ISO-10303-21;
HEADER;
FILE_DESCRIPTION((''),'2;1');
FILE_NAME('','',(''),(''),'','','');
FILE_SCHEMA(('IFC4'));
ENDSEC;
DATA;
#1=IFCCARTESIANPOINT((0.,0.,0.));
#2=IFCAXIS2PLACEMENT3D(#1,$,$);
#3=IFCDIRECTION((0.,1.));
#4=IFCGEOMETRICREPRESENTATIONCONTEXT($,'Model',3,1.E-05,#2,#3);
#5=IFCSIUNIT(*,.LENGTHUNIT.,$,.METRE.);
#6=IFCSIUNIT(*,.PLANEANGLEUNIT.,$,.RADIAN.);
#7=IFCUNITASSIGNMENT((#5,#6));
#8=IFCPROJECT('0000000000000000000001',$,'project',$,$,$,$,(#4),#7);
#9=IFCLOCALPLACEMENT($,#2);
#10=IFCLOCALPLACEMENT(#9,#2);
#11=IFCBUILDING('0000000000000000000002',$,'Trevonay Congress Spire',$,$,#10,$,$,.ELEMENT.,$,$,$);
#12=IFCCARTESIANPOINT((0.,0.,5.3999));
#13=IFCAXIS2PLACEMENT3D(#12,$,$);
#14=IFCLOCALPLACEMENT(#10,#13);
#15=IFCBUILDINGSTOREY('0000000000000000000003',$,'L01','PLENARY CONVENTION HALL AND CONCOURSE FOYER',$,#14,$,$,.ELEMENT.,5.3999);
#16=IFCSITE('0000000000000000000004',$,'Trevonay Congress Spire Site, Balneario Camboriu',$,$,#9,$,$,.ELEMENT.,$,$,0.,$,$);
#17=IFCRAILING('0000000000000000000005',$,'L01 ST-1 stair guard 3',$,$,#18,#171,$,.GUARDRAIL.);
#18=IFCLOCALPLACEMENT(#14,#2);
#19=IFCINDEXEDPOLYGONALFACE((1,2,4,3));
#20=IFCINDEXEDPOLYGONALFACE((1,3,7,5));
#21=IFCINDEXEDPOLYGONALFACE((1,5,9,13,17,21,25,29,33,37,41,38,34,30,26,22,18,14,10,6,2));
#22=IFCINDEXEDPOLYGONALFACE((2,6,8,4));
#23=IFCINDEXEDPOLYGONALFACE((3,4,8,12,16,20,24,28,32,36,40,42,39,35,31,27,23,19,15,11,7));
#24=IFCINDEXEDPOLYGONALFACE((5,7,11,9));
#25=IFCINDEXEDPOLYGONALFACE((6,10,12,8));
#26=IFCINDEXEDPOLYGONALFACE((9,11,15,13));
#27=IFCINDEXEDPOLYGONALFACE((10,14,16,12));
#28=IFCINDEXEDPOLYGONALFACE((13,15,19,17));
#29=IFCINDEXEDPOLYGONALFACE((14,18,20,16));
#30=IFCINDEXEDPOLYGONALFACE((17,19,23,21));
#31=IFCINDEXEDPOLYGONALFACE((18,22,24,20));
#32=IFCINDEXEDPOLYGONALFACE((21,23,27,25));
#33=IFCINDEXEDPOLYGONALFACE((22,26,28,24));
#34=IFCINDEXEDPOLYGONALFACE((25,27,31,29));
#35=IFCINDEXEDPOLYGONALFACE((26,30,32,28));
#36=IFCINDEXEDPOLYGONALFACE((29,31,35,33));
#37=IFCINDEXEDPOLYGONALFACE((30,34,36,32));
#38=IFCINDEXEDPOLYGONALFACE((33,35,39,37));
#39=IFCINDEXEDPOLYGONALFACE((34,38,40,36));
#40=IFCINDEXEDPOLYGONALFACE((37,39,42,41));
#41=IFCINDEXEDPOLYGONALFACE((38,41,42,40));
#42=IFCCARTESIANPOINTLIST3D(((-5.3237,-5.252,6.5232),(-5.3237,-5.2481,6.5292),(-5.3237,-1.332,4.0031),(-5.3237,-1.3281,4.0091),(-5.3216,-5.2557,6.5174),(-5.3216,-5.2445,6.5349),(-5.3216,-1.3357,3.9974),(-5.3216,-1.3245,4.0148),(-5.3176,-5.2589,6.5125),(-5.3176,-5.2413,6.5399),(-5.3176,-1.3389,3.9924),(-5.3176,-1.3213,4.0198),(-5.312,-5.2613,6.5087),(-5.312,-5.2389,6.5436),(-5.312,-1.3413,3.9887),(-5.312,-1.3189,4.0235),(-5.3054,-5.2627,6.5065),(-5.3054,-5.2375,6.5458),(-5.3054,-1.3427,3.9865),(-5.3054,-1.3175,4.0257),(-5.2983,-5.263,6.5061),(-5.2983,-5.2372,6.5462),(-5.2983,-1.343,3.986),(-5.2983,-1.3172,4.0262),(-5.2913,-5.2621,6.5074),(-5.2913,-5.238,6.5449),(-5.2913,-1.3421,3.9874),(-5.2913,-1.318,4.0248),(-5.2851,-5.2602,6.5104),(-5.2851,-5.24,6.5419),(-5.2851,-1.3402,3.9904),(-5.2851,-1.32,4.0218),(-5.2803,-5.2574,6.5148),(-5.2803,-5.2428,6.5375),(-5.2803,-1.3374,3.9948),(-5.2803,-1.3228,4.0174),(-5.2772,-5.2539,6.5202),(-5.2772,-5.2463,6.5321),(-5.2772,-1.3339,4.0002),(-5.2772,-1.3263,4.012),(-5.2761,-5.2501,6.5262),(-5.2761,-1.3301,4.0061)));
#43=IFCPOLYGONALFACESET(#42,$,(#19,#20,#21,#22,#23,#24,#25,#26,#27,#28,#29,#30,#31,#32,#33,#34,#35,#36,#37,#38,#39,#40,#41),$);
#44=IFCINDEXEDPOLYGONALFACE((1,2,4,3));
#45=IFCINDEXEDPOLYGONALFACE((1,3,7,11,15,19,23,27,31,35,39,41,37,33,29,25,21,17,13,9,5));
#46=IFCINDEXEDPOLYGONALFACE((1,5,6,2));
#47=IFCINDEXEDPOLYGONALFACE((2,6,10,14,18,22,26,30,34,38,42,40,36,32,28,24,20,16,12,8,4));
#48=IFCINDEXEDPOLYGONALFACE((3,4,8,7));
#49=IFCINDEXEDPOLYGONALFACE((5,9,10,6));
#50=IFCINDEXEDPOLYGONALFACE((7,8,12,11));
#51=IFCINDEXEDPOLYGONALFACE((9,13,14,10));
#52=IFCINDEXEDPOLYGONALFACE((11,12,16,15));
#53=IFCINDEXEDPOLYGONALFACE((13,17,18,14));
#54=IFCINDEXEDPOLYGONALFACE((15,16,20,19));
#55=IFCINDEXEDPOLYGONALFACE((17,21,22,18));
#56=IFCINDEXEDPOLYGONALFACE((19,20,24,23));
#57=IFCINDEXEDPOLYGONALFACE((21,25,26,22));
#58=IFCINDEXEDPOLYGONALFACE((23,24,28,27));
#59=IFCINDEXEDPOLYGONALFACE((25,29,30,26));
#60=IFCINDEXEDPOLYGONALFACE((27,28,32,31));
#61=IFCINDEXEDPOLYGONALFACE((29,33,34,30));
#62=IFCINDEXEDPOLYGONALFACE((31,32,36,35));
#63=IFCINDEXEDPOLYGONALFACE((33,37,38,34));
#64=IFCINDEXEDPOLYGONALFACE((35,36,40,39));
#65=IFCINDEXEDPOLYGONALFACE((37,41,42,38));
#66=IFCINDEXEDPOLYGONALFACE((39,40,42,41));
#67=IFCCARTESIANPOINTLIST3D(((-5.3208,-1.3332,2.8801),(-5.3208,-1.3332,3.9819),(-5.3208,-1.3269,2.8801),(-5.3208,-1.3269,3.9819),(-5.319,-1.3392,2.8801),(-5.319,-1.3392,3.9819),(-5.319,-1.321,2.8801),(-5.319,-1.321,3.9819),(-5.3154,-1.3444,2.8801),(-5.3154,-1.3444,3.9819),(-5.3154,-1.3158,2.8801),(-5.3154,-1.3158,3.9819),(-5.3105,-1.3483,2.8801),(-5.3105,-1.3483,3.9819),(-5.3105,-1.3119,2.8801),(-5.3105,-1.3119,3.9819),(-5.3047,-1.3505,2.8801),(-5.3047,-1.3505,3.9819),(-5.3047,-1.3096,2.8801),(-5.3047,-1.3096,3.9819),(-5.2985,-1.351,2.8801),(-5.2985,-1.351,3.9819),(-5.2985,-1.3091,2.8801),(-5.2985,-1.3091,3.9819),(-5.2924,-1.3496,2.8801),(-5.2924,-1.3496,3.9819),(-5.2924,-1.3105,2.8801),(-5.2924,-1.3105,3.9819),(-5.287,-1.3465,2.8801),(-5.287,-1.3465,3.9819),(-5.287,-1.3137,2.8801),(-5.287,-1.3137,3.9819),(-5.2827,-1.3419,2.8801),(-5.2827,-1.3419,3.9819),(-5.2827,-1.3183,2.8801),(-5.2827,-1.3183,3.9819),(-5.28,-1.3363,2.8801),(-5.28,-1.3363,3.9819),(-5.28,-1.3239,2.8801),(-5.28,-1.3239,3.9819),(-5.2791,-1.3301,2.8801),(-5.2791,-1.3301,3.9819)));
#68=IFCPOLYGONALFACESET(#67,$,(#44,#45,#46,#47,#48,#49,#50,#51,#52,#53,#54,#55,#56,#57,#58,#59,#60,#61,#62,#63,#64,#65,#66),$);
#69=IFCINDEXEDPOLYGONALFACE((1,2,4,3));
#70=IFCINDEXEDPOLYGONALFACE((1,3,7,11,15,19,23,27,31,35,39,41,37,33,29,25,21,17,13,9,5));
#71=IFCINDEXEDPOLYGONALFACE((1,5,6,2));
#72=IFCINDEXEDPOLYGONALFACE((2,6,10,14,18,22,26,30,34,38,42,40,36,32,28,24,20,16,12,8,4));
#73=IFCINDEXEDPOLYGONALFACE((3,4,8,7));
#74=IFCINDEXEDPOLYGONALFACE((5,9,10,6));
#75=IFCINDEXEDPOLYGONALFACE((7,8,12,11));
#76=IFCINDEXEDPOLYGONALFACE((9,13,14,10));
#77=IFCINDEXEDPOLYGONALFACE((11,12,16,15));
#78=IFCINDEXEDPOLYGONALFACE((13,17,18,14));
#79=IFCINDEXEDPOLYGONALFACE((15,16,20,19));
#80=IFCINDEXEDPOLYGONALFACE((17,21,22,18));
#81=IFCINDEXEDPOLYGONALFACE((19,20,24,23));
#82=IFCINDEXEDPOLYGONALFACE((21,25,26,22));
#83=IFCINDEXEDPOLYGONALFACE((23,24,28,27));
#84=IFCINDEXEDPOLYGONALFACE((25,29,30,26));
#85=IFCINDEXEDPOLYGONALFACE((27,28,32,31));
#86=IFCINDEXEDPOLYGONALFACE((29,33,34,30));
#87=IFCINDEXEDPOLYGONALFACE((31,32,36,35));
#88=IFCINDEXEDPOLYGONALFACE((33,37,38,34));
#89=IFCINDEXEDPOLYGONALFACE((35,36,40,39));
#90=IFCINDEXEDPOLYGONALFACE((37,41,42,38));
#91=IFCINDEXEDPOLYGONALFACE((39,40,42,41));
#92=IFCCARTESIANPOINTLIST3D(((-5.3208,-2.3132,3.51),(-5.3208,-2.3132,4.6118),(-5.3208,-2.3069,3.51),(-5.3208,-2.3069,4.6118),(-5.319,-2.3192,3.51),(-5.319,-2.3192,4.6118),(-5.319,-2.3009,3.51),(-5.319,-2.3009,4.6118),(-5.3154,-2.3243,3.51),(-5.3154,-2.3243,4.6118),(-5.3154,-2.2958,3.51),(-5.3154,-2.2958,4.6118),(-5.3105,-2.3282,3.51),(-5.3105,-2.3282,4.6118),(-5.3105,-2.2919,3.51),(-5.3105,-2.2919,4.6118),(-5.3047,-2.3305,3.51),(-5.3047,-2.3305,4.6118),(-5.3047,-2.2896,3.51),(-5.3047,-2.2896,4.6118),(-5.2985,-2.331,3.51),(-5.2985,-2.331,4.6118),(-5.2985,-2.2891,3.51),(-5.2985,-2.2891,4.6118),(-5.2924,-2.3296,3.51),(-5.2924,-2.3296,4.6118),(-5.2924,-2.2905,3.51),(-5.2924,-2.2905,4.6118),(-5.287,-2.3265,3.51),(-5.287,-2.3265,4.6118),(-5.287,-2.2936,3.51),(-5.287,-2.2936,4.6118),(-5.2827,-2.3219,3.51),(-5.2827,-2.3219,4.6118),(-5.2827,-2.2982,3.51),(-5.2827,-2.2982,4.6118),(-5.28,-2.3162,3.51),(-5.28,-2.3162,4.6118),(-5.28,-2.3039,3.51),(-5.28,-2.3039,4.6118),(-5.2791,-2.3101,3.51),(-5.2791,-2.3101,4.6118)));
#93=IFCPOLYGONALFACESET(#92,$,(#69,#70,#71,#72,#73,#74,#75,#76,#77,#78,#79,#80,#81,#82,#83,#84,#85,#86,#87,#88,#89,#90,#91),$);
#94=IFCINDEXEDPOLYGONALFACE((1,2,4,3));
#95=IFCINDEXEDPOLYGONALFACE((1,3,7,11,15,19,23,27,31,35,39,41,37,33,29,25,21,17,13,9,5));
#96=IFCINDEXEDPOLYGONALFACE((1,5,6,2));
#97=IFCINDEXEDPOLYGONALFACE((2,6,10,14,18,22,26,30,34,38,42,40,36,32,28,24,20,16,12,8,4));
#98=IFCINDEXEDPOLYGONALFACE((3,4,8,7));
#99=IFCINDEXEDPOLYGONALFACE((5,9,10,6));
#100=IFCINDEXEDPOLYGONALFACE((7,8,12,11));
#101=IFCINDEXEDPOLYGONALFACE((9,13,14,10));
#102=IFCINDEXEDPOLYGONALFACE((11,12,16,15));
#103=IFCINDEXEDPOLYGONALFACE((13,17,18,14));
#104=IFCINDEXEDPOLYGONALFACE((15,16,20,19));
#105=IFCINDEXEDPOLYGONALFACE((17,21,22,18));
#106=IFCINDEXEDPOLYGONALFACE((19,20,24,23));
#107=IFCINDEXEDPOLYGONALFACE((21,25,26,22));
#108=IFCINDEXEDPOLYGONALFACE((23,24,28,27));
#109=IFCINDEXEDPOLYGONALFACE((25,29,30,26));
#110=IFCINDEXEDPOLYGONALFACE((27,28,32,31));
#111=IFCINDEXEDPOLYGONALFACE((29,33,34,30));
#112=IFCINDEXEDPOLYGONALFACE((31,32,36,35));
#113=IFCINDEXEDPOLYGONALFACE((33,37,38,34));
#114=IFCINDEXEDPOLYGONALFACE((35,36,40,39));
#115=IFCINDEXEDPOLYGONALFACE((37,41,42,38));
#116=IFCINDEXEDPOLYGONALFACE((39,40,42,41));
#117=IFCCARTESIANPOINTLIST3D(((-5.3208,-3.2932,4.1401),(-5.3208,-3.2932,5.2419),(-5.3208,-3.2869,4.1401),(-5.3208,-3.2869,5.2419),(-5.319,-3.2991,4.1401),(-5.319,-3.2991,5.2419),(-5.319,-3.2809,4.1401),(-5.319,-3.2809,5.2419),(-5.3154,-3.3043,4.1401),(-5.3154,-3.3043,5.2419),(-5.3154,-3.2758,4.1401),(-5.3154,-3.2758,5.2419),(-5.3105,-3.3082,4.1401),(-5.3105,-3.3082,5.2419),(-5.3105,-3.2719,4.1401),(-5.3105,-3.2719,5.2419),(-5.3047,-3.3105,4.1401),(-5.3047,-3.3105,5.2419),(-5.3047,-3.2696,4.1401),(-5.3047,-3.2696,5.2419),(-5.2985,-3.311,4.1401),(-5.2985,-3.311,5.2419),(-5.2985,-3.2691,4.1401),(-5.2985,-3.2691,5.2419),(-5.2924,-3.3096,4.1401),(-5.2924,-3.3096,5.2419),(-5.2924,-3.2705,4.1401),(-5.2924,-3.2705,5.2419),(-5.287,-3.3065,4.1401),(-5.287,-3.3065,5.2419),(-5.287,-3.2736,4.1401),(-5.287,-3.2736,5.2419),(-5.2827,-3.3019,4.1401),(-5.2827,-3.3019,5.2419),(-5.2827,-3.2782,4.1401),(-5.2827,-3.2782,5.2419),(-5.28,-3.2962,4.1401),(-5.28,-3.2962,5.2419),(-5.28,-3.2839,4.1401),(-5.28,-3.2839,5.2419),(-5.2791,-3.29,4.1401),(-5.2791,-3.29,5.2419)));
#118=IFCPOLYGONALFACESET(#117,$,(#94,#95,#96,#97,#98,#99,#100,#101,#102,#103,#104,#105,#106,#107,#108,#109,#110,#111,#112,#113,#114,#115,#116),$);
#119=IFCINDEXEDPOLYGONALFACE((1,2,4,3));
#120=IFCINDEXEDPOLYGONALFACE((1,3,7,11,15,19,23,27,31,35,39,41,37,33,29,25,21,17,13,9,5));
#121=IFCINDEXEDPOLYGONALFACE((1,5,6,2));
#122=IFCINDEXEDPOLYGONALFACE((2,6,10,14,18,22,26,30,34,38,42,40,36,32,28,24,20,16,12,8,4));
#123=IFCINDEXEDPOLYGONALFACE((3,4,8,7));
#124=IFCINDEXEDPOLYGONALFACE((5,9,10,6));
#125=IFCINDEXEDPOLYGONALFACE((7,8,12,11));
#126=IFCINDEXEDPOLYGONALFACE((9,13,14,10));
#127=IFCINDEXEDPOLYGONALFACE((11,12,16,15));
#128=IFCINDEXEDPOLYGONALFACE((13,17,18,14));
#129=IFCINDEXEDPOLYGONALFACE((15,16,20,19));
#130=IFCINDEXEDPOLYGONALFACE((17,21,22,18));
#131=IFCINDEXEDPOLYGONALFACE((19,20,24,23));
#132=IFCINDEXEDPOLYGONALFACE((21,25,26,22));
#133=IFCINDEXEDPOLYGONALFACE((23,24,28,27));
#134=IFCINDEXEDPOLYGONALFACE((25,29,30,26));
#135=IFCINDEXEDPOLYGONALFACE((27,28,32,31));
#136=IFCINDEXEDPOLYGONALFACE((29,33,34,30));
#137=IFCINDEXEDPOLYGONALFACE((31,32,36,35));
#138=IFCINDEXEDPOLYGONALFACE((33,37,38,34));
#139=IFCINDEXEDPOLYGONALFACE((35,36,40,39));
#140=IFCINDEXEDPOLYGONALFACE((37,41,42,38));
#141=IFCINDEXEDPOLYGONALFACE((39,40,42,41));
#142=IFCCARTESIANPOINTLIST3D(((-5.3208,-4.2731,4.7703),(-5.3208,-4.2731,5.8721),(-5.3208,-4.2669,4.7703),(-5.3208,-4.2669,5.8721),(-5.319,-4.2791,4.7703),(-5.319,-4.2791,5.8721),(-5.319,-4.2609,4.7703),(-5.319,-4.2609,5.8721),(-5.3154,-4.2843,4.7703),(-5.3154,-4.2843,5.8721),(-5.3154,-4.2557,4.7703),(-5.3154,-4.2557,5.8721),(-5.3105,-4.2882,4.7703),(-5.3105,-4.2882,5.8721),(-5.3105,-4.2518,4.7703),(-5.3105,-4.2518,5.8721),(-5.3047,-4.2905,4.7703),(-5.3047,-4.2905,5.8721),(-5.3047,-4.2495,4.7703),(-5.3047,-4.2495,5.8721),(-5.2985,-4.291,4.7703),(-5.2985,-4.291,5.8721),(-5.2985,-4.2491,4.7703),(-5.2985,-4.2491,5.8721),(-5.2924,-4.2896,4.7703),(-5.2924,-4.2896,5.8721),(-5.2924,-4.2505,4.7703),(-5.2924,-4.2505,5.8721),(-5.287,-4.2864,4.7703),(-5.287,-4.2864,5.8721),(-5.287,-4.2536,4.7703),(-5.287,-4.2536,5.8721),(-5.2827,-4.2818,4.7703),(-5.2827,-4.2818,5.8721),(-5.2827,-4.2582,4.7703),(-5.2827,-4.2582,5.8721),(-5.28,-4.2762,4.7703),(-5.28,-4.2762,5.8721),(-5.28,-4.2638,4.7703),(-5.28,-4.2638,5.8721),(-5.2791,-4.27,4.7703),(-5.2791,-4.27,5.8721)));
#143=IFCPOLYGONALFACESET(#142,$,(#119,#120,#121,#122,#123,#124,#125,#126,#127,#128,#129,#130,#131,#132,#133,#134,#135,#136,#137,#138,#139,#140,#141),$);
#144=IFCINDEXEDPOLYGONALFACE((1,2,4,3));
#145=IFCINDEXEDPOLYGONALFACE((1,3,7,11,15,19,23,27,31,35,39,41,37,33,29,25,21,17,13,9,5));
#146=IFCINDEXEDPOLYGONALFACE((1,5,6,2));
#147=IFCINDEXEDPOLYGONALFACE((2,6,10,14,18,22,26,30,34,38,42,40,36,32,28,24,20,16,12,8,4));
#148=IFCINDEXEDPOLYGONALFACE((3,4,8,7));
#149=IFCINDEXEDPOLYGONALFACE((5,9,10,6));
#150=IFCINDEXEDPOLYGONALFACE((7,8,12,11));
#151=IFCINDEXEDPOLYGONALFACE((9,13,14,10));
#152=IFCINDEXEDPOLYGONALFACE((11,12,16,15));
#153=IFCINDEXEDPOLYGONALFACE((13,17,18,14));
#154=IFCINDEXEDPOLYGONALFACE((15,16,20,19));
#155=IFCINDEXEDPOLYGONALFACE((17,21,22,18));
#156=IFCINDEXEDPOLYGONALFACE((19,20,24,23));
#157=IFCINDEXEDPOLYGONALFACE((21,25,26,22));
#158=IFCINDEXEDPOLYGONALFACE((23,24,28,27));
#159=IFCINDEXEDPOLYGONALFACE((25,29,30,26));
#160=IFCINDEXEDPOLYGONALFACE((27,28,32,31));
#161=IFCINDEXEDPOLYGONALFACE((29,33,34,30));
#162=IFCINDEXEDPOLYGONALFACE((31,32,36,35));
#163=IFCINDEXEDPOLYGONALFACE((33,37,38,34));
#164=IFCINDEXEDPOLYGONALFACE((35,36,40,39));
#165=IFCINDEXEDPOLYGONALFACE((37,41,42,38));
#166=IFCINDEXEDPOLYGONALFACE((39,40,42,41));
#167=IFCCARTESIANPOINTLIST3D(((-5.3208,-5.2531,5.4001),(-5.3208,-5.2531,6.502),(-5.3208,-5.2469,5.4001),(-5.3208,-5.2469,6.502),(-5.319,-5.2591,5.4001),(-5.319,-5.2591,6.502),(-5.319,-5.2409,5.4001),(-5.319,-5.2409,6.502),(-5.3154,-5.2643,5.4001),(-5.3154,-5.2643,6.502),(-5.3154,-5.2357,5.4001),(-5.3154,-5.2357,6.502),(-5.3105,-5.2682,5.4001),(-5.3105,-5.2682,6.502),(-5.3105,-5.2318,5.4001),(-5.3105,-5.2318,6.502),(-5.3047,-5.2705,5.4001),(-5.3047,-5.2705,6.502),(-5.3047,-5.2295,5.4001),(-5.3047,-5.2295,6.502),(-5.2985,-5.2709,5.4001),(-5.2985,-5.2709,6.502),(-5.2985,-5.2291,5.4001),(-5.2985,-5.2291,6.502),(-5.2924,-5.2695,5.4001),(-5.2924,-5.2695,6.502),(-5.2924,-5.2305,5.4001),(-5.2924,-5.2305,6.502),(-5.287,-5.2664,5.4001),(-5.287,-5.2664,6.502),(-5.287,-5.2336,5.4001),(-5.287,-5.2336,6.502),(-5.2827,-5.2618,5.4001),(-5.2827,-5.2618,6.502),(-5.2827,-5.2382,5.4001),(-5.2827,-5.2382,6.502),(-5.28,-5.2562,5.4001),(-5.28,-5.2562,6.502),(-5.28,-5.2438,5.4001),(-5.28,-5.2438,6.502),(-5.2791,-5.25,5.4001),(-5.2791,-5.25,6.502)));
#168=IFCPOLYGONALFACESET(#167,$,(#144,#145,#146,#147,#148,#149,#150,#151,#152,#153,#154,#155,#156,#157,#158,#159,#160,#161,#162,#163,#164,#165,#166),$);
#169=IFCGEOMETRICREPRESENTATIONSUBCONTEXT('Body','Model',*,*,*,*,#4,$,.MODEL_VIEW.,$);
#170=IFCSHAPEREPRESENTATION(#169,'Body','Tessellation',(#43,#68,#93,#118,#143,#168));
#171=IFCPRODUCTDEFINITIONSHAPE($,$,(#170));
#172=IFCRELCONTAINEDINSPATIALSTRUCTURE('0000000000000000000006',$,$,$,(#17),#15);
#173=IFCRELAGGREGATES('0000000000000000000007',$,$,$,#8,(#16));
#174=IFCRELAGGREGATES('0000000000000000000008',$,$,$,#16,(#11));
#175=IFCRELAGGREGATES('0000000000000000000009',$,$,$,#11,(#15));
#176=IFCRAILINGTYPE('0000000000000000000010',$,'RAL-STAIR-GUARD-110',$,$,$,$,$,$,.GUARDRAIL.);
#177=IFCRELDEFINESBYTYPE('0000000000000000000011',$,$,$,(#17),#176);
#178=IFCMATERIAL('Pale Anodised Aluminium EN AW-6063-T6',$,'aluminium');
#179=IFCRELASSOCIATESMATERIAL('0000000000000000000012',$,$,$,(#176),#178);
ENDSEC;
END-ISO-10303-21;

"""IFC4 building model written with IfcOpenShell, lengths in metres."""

from ifc_helpers import new_model, si_unit, direction, frame, origin, origin_2d, place, context, subcontext, project, spatial, circle, extrude, material, type_object, element, save


model = new_model("IFC4")

# Units and contexts
model_context = context("Model", 3, precision=1e-05, world=origin(), true_north=direction((0.0, 1.0)))
body_context = subcontext(model_context, "Body", "Model", "MODEL_VIEW")
ifc_project = project(units=[si_unit("LENGTHUNIT", "METRE"), si_unit("PLANEANGLEUNIT", "RADIAN")], contexts=[model_context])

# Site, building, storey
site_placement = place(None, origin())
site = spatial("IfcSite", under=ifc_project, at=site_placement, Name="Trevonay Congress Spire Site, Balneario Camboriu", CompositionType="ELEMENT", RefElevation=0.0)
building_placement = place(site_placement, origin())
building = spatial("IfcBuilding", under=site, at=building_placement, Name="Trevonay Congress Spire", CompositionType="ELEMENT")
storey_placement = place(building_placement, frame((0.0, 0.0, 5.3999)))
storey = spatial("IfcBuildingStorey", under=building, at=storey_placement, Name="L01", Description="PLENARY CONVENTION HALL AND CONCOURSE FOYER", CompositionType="ELEMENT", Elevation=5.3999)

# Shared definitions
ifc_material_1 = material(Name="Pale Anodised Aluminium EN AW-6063-T6", Category="aluminium")

# Railing
railing_type_1 = type_object("IfcRailingType", Name="RAL-STAIR-GUARD-110", PredefinedType="GUARDRAIL", material=ifc_material_1)
railing_1_placement = place(storey_placement, frame((-5.3, -1.3301, 2.8801)))
element("IfcRailing", 1, at=railing_1_placement, inside=storey, type_object=railing_type_1, Name="L01 ST-1 stair guard 3", PredefinedType="GUARDRAIL", context=body_context, shape_type="SweptSolid", body=[
    extrude(circle(Radius=0.0239, at=origin_2d()), frame((0.0, 0.0, 1.126), z_axis=(0.0, -0.841172, 0.540768), x_axis=(1.0, 0.0, 0.0)), (0.0, 0.0, 1.0), 4.6602),
    extrude(circle(Radius=0.021, at=origin_2d()), origin(), (0.0, 0.0, 1.0), 1.1018),
    extrude(circle(Radius=0.021, at=origin_2d()), frame((0.0, -0.98, 0.6299)), (0.0, 0.0, 1.0), 1.1018),
    extrude(circle(Radius=0.021, at=origin_2d()), frame((0.0, -1.96, 1.26)), (0.0, 0.0, 1.0), 1.1018),
    extrude(circle(Radius=0.021, at=origin_2d()), frame((0.0, -2.9399, 1.8901)), (0.0, 0.0, 1.0), 1.1018),
    extrude(circle(Radius=0.021, at=origin_2d()), frame((0.0, -3.9199, 2.52)), (0.0, 0.0, 1.0), 1.1018),
])

save(model, "model.ifc")
